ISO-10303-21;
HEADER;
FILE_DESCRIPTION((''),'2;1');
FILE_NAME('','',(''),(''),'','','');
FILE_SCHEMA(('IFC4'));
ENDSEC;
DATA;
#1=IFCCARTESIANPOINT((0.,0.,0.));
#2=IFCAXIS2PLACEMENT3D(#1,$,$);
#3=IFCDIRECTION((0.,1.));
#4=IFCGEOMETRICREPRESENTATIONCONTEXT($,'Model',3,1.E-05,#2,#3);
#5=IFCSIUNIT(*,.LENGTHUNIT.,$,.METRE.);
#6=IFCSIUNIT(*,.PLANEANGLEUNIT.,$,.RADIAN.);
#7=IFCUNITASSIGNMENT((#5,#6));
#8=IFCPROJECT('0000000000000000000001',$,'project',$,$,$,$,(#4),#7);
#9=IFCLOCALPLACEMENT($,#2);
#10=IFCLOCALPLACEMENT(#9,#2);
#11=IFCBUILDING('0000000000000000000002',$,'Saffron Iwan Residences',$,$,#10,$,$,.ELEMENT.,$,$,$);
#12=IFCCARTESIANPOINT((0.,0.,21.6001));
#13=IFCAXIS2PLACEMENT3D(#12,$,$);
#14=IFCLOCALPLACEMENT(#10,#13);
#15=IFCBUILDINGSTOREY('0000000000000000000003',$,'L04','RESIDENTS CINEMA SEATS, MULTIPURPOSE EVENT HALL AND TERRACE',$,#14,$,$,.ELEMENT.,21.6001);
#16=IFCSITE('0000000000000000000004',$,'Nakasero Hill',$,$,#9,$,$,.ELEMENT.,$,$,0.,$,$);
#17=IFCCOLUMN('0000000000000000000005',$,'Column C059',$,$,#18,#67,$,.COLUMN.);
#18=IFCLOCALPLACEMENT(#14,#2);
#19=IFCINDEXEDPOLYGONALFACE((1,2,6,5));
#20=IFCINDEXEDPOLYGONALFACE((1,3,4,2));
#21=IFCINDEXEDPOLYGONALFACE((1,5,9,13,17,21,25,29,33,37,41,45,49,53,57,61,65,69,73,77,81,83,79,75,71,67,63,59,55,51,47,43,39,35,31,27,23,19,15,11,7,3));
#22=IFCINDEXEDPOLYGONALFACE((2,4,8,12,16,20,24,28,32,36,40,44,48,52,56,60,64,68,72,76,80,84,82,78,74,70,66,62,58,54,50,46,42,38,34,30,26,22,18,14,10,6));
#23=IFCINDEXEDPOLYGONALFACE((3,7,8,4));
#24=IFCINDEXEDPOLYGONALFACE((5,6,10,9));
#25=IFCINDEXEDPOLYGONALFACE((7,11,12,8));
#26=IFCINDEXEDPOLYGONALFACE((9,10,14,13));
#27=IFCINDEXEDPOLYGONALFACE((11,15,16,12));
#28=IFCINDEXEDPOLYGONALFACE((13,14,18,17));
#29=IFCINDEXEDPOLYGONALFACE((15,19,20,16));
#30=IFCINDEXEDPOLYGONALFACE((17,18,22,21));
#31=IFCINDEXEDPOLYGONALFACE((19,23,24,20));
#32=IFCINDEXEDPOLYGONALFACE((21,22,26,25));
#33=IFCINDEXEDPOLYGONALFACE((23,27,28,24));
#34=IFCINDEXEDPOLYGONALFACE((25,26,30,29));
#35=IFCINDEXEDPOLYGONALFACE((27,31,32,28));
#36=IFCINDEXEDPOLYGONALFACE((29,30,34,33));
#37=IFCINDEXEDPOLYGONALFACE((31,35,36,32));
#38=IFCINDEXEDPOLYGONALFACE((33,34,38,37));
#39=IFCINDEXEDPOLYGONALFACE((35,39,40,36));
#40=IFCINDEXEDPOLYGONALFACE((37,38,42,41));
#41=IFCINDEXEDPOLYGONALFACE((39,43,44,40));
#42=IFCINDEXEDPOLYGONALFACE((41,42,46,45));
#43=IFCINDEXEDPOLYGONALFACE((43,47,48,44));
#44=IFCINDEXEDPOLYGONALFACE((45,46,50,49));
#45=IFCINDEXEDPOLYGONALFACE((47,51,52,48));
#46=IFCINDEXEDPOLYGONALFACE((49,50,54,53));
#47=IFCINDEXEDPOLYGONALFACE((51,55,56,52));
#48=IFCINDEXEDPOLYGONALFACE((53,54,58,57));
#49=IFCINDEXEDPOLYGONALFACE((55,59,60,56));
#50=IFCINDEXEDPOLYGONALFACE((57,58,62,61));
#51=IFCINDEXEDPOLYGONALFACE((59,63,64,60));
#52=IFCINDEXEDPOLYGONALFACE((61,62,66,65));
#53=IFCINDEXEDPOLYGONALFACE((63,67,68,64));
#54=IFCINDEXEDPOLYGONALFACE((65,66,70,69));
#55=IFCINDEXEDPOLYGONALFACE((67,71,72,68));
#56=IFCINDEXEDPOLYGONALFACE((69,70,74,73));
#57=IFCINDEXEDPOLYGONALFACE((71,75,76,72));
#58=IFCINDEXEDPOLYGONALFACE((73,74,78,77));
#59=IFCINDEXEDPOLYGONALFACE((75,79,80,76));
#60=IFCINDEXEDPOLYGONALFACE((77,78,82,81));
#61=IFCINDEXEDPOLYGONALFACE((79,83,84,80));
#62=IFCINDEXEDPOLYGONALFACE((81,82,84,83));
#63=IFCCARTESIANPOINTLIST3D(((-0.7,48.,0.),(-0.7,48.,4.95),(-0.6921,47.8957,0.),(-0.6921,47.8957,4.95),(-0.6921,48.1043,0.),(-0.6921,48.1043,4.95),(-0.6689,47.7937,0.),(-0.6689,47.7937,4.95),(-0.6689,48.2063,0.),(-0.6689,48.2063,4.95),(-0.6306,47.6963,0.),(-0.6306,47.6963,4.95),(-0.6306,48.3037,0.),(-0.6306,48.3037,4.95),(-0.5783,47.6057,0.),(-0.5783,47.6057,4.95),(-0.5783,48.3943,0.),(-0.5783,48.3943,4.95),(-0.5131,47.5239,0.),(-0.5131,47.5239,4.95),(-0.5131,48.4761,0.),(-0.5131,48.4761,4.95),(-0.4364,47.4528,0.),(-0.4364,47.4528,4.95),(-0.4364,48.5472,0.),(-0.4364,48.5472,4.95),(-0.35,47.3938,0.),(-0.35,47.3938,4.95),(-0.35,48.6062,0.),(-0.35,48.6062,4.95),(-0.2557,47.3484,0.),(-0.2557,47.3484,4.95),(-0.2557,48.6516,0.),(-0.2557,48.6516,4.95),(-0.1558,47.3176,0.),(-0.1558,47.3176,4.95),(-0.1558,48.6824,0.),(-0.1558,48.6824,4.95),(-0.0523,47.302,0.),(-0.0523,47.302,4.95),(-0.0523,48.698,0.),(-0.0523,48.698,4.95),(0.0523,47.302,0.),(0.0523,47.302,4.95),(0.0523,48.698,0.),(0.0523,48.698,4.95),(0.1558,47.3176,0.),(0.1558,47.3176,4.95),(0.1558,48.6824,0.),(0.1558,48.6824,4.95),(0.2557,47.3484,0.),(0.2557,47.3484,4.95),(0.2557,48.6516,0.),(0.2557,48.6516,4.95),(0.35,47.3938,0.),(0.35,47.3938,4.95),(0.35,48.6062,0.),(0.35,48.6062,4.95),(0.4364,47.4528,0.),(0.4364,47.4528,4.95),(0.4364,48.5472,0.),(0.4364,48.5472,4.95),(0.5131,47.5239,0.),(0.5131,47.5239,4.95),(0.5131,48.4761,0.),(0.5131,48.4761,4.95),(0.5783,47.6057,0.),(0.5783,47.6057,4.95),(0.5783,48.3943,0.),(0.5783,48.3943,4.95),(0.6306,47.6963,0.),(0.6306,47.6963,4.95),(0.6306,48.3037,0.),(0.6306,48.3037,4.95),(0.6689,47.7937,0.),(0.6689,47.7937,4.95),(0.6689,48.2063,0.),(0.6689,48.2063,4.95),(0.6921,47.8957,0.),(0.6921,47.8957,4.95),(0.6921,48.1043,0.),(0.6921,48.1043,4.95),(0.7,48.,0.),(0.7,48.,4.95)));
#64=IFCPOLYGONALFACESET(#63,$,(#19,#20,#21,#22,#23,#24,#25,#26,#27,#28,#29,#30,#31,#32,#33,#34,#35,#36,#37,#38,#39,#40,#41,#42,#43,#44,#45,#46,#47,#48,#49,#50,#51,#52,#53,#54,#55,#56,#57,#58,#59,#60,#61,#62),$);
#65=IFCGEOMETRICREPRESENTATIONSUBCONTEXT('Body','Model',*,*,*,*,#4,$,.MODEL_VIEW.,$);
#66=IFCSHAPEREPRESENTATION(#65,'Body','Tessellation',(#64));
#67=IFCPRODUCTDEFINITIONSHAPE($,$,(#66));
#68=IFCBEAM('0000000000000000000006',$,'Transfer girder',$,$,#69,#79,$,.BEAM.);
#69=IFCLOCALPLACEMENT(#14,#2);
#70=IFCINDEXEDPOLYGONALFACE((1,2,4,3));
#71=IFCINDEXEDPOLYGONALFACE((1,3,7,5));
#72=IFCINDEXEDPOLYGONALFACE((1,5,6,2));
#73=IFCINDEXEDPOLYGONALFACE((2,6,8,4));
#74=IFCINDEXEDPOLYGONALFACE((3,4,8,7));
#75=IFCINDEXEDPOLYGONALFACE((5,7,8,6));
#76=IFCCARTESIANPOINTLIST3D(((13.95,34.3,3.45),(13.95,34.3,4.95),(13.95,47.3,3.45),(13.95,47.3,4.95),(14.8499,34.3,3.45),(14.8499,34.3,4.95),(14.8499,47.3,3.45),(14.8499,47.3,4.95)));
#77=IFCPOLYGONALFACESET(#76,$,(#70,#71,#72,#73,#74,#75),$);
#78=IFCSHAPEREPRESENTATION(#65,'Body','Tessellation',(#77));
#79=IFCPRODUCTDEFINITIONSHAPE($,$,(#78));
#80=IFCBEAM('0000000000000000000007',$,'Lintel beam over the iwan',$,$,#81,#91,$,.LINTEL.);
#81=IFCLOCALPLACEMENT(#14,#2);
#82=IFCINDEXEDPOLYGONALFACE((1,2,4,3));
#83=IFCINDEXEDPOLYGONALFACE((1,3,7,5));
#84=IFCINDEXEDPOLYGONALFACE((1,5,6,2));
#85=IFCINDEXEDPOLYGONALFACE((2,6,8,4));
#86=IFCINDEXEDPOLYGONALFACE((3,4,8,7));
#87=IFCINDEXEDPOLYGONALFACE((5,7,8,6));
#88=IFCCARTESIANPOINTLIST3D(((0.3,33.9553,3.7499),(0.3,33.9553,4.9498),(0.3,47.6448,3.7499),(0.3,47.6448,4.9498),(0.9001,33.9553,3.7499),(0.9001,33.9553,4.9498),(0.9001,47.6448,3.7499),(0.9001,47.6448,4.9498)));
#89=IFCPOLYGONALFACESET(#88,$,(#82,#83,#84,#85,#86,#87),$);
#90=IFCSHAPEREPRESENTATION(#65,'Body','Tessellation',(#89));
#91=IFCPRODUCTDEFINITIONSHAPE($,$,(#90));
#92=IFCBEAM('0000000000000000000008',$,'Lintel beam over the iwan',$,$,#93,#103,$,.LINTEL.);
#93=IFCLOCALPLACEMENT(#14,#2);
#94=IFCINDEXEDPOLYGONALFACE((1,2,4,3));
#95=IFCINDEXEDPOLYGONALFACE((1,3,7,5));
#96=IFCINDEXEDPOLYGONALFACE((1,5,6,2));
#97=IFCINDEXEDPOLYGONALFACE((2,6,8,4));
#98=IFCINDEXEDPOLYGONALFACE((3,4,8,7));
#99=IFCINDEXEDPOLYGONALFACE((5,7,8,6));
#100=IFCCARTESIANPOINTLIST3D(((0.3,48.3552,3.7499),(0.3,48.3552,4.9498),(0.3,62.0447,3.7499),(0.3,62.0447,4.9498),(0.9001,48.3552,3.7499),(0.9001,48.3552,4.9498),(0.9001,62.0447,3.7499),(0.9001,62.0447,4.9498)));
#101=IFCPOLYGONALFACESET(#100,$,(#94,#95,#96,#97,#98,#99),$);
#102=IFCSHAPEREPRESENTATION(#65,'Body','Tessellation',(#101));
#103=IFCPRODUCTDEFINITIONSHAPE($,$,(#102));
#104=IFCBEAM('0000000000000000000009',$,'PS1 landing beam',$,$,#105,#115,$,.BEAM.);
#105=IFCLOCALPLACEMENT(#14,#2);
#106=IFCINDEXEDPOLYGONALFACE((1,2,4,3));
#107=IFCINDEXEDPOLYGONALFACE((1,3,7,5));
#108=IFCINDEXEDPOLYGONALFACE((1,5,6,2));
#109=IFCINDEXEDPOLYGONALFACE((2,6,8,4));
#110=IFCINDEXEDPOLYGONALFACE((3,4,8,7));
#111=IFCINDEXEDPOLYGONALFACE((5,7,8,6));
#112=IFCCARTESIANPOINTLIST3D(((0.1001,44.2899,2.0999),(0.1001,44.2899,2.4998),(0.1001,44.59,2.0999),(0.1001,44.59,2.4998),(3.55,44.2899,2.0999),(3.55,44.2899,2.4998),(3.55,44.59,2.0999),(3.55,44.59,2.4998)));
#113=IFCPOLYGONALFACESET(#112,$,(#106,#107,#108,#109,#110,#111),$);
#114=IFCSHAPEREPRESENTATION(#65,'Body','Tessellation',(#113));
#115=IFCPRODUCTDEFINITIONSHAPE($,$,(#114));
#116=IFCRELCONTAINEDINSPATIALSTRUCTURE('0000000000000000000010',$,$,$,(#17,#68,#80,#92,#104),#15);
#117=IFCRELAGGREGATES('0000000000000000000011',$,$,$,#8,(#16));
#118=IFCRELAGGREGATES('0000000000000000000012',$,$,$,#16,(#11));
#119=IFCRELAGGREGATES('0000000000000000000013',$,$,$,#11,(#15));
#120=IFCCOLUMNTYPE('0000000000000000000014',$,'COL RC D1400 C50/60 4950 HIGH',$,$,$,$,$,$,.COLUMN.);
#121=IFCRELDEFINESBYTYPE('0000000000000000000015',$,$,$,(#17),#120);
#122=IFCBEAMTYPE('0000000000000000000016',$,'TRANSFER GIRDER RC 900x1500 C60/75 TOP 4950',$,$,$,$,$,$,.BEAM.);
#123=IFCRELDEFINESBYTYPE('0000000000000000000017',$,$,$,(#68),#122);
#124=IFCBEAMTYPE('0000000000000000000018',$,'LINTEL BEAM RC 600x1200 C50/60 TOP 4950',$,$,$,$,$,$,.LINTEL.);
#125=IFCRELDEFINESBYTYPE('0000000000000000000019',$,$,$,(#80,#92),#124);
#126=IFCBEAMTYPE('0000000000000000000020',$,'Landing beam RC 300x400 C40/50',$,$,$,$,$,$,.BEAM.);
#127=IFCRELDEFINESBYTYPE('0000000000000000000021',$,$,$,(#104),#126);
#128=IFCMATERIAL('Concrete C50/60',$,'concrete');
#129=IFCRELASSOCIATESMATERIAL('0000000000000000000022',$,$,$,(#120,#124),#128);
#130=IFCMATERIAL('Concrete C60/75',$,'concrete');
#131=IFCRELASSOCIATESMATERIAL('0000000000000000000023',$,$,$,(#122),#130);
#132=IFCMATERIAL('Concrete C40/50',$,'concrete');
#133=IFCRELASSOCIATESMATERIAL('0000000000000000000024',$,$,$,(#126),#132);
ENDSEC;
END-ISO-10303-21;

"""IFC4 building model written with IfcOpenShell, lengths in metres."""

from ifc_helpers import new_model, si_unit, direction, frame, origin, origin_2d, place, context, subcontext, project, spatial, rectangle, circle, extrude, source, transform, mapped, material, material_profile, profile_set, type_object, element, save


model = new_model("IFC4")

# Units and contexts
model_context = context("Model", 3, precision=1e-05, world=origin(), true_north=direction((0.0, 1.0)))
body_context = subcontext(model_context, "Body", "Model", "MODEL_VIEW")
ifc_project = project(units=[si_unit("LENGTHUNIT", "METRE"), si_unit("PLANEANGLEUNIT", "RADIAN")], contexts=[model_context])

# Site, building, storey
site_placement = place(None, origin())
site = spatial("IfcSite", under=ifc_project, at=site_placement, Name="Nakasero Hill", CompositionType="ELEMENT", RefElevation=0.0)
building_placement = place(site_placement, origin())
building = spatial("IfcBuilding", under=site, at=building_placement, Name="Saffron Iwan Residences", CompositionType="ELEMENT")
storey_placement = place(building_placement, frame((0.0, 0.0, 21.6001)))
storey = spatial("IfcBuildingStorey", under=building, at=storey_placement, Name="L04", Description="RESIDENTS CINEMA SEATS, MULTIPURPOSE EVENT HALL AND TERRACE", CompositionType="ELEMENT", Elevation=21.6001)

# Column
ifc_material_1 = material(Name="Concrete C50/60", Category="concrete")
ifc_material_profile_1 = material_profile(ifc_material_1, circle(Radius=0.7, at=origin_2d()), Name="RC D1400")
ifc_profile_set_1 = profile_set([ifc_material_profile_1], Name="Concrete C50/60")
column_type = type_object("IfcColumnType", Name="COL RC D1400 C50/60 4950 HIGH", PredefinedType="COLUMN", material=ifc_profile_set_1)
shared_shape_1 = source(origin(), body_context, "Body", "SweptSolid", [
    extrude(circle(Radius=0.7, at=origin_2d()), origin(), (0.0, 0.0, 1.0), 4.95),
])
column_placement = place(storey_placement, frame((0.0, 48.0, 0.0), z_axis=(0.0, 0.0, 1.0), x_axis=(1.0, 0.0, 0.0)))
element("IfcColumn", 1, at=column_placement, inside=storey, type_object=column_type, Name="Column C059", PredefinedType="COLUMN", context=body_context, shape_type="MappedRepresentation", body=[
    mapped(shared_shape_1, transform((0.0, 0.0, 0.0))),
])

# Beams
ifc_material_2 = material(Name="Concrete C60/75", Category="concrete")
ifc_material_profile_2 = material_profile(ifc_material_2, rectangle(XDim=0.8999, YDim=1.5, at=origin_2d()), Name="RC 900x1500")
ifc_profile_set_2 = profile_set([ifc_material_profile_2], Name="Concrete C60/75")
beam_type_1 = type_object("IfcBeamType", Name="TRANSFER GIRDER RC 900x1500 C60/75 TOP 4950", PredefinedType="BEAM", material=ifc_profile_set_2)
shared_shape_2 = source(origin(), body_context, "Body", "SweptSolid", [
    extrude(rectangle(XDim=0.8999, YDim=1.5, at=origin_2d()), origin(), (0.0, 0.0, 1.0), 13.0),
])
beam_1_placement = place(storey_placement, frame((14.3999, 34.3, 4.2), z_axis=(0.0, 1.0, 0.0), x_axis=(-1.0, 0.0, 0.0)))
element("IfcBeam", 2, at=beam_1_placement, inside=storey, type_object=beam_type_1, Name="Transfer girder", PredefinedType="BEAM", context=body_context, shape_type="MappedRepresentation", body=[
    mapped(shared_shape_2, transform((0.0, 0.0, 0.0))),
])
ifc_material_profile_3 = material_profile(ifc_material_1, rectangle(XDim=0.6001, YDim=1.2, at=origin_2d()), Name="RC 600x1200")
ifc_profile_set_3 = profile_set([ifc_material_profile_3], Name="Concrete C50/60")
beam_type_2 = type_object("IfcBeamType", Name="LINTEL BEAM RC 600x1200 C50/60 TOP 4950", PredefinedType="LINTEL", material=ifc_profile_set_3)
shared_shape_3 = source(origin(), body_context, "Body", "SweptSolid", [
    extrude(rectangle(XDim=0.6001, YDim=1.2, at=origin_2d()), origin(), (0.0, 0.0, 1.0), 13.6895),
])
for number, where, z_axis, x_axis, name in (
    (3, (0.6001, 33.9553, 4.3499), (0.0, 1.0, 0.0), (-1.0, 0.0, 0.0), "Lintel beam over the iwan"),
    (4, (0.6001, 48.3552, 4.3499), (0.0, 1.0, 0.0), (-1.0, 0.0, 0.0), "Lintel beam over the iwan"),
):
    element("IfcBeam", number, at=place(storey_placement, frame(where, z_axis=z_axis, x_axis=x_axis)), inside=storey, type_object=beam_type_2, Name=name, PredefinedType="LINTEL", context=body_context, shape_type="MappedRepresentation", body=[
        mapped(shared_shape_3, transform((0.0, 0.0, 0.0))),
    ])
ifc_material_3 = material(Name="Concrete C40/50", Category="concrete")
ifc_material_profile_4 = material_profile(ifc_material_3, rectangle(XDim=0.3, YDim=0.3999, at=origin_2d()), Name="Landing beam RC 300x400 C40/50")
ifc_profile_set_4 = profile_set([ifc_material_profile_4], Name="Concrete C40/50")
beam_type_3 = type_object("IfcBeamType", Name="Landing beam RC 300x400 C40/50", PredefinedType="BEAM", material=ifc_profile_set_4)
shared_shape_4 = source(origin(), body_context, "Body", "SweptSolid", [
    extrude(rectangle(XDim=0.3, YDim=0.3999, at=origin_2d()), origin(), (0.0, 0.0, 1.0), 3.45),
])
beam_2_placement = place(storey_placement, frame((0.1001, 44.4399, 2.2998), z_axis=(1.0, 0.0, 0.0), x_axis=(0.0, 1.0, 0.0)))
element("IfcBeam", 5, at=beam_2_placement, inside=storey, type_object=beam_type_3, Name="PS1 landing beam", PredefinedType="BEAM", context=body_context, shape_type="MappedRepresentation", body=[
    mapped(shared_shape_4, transform((0.0, 0.0, 0.0))),
])

save(model, "model.ifc")
